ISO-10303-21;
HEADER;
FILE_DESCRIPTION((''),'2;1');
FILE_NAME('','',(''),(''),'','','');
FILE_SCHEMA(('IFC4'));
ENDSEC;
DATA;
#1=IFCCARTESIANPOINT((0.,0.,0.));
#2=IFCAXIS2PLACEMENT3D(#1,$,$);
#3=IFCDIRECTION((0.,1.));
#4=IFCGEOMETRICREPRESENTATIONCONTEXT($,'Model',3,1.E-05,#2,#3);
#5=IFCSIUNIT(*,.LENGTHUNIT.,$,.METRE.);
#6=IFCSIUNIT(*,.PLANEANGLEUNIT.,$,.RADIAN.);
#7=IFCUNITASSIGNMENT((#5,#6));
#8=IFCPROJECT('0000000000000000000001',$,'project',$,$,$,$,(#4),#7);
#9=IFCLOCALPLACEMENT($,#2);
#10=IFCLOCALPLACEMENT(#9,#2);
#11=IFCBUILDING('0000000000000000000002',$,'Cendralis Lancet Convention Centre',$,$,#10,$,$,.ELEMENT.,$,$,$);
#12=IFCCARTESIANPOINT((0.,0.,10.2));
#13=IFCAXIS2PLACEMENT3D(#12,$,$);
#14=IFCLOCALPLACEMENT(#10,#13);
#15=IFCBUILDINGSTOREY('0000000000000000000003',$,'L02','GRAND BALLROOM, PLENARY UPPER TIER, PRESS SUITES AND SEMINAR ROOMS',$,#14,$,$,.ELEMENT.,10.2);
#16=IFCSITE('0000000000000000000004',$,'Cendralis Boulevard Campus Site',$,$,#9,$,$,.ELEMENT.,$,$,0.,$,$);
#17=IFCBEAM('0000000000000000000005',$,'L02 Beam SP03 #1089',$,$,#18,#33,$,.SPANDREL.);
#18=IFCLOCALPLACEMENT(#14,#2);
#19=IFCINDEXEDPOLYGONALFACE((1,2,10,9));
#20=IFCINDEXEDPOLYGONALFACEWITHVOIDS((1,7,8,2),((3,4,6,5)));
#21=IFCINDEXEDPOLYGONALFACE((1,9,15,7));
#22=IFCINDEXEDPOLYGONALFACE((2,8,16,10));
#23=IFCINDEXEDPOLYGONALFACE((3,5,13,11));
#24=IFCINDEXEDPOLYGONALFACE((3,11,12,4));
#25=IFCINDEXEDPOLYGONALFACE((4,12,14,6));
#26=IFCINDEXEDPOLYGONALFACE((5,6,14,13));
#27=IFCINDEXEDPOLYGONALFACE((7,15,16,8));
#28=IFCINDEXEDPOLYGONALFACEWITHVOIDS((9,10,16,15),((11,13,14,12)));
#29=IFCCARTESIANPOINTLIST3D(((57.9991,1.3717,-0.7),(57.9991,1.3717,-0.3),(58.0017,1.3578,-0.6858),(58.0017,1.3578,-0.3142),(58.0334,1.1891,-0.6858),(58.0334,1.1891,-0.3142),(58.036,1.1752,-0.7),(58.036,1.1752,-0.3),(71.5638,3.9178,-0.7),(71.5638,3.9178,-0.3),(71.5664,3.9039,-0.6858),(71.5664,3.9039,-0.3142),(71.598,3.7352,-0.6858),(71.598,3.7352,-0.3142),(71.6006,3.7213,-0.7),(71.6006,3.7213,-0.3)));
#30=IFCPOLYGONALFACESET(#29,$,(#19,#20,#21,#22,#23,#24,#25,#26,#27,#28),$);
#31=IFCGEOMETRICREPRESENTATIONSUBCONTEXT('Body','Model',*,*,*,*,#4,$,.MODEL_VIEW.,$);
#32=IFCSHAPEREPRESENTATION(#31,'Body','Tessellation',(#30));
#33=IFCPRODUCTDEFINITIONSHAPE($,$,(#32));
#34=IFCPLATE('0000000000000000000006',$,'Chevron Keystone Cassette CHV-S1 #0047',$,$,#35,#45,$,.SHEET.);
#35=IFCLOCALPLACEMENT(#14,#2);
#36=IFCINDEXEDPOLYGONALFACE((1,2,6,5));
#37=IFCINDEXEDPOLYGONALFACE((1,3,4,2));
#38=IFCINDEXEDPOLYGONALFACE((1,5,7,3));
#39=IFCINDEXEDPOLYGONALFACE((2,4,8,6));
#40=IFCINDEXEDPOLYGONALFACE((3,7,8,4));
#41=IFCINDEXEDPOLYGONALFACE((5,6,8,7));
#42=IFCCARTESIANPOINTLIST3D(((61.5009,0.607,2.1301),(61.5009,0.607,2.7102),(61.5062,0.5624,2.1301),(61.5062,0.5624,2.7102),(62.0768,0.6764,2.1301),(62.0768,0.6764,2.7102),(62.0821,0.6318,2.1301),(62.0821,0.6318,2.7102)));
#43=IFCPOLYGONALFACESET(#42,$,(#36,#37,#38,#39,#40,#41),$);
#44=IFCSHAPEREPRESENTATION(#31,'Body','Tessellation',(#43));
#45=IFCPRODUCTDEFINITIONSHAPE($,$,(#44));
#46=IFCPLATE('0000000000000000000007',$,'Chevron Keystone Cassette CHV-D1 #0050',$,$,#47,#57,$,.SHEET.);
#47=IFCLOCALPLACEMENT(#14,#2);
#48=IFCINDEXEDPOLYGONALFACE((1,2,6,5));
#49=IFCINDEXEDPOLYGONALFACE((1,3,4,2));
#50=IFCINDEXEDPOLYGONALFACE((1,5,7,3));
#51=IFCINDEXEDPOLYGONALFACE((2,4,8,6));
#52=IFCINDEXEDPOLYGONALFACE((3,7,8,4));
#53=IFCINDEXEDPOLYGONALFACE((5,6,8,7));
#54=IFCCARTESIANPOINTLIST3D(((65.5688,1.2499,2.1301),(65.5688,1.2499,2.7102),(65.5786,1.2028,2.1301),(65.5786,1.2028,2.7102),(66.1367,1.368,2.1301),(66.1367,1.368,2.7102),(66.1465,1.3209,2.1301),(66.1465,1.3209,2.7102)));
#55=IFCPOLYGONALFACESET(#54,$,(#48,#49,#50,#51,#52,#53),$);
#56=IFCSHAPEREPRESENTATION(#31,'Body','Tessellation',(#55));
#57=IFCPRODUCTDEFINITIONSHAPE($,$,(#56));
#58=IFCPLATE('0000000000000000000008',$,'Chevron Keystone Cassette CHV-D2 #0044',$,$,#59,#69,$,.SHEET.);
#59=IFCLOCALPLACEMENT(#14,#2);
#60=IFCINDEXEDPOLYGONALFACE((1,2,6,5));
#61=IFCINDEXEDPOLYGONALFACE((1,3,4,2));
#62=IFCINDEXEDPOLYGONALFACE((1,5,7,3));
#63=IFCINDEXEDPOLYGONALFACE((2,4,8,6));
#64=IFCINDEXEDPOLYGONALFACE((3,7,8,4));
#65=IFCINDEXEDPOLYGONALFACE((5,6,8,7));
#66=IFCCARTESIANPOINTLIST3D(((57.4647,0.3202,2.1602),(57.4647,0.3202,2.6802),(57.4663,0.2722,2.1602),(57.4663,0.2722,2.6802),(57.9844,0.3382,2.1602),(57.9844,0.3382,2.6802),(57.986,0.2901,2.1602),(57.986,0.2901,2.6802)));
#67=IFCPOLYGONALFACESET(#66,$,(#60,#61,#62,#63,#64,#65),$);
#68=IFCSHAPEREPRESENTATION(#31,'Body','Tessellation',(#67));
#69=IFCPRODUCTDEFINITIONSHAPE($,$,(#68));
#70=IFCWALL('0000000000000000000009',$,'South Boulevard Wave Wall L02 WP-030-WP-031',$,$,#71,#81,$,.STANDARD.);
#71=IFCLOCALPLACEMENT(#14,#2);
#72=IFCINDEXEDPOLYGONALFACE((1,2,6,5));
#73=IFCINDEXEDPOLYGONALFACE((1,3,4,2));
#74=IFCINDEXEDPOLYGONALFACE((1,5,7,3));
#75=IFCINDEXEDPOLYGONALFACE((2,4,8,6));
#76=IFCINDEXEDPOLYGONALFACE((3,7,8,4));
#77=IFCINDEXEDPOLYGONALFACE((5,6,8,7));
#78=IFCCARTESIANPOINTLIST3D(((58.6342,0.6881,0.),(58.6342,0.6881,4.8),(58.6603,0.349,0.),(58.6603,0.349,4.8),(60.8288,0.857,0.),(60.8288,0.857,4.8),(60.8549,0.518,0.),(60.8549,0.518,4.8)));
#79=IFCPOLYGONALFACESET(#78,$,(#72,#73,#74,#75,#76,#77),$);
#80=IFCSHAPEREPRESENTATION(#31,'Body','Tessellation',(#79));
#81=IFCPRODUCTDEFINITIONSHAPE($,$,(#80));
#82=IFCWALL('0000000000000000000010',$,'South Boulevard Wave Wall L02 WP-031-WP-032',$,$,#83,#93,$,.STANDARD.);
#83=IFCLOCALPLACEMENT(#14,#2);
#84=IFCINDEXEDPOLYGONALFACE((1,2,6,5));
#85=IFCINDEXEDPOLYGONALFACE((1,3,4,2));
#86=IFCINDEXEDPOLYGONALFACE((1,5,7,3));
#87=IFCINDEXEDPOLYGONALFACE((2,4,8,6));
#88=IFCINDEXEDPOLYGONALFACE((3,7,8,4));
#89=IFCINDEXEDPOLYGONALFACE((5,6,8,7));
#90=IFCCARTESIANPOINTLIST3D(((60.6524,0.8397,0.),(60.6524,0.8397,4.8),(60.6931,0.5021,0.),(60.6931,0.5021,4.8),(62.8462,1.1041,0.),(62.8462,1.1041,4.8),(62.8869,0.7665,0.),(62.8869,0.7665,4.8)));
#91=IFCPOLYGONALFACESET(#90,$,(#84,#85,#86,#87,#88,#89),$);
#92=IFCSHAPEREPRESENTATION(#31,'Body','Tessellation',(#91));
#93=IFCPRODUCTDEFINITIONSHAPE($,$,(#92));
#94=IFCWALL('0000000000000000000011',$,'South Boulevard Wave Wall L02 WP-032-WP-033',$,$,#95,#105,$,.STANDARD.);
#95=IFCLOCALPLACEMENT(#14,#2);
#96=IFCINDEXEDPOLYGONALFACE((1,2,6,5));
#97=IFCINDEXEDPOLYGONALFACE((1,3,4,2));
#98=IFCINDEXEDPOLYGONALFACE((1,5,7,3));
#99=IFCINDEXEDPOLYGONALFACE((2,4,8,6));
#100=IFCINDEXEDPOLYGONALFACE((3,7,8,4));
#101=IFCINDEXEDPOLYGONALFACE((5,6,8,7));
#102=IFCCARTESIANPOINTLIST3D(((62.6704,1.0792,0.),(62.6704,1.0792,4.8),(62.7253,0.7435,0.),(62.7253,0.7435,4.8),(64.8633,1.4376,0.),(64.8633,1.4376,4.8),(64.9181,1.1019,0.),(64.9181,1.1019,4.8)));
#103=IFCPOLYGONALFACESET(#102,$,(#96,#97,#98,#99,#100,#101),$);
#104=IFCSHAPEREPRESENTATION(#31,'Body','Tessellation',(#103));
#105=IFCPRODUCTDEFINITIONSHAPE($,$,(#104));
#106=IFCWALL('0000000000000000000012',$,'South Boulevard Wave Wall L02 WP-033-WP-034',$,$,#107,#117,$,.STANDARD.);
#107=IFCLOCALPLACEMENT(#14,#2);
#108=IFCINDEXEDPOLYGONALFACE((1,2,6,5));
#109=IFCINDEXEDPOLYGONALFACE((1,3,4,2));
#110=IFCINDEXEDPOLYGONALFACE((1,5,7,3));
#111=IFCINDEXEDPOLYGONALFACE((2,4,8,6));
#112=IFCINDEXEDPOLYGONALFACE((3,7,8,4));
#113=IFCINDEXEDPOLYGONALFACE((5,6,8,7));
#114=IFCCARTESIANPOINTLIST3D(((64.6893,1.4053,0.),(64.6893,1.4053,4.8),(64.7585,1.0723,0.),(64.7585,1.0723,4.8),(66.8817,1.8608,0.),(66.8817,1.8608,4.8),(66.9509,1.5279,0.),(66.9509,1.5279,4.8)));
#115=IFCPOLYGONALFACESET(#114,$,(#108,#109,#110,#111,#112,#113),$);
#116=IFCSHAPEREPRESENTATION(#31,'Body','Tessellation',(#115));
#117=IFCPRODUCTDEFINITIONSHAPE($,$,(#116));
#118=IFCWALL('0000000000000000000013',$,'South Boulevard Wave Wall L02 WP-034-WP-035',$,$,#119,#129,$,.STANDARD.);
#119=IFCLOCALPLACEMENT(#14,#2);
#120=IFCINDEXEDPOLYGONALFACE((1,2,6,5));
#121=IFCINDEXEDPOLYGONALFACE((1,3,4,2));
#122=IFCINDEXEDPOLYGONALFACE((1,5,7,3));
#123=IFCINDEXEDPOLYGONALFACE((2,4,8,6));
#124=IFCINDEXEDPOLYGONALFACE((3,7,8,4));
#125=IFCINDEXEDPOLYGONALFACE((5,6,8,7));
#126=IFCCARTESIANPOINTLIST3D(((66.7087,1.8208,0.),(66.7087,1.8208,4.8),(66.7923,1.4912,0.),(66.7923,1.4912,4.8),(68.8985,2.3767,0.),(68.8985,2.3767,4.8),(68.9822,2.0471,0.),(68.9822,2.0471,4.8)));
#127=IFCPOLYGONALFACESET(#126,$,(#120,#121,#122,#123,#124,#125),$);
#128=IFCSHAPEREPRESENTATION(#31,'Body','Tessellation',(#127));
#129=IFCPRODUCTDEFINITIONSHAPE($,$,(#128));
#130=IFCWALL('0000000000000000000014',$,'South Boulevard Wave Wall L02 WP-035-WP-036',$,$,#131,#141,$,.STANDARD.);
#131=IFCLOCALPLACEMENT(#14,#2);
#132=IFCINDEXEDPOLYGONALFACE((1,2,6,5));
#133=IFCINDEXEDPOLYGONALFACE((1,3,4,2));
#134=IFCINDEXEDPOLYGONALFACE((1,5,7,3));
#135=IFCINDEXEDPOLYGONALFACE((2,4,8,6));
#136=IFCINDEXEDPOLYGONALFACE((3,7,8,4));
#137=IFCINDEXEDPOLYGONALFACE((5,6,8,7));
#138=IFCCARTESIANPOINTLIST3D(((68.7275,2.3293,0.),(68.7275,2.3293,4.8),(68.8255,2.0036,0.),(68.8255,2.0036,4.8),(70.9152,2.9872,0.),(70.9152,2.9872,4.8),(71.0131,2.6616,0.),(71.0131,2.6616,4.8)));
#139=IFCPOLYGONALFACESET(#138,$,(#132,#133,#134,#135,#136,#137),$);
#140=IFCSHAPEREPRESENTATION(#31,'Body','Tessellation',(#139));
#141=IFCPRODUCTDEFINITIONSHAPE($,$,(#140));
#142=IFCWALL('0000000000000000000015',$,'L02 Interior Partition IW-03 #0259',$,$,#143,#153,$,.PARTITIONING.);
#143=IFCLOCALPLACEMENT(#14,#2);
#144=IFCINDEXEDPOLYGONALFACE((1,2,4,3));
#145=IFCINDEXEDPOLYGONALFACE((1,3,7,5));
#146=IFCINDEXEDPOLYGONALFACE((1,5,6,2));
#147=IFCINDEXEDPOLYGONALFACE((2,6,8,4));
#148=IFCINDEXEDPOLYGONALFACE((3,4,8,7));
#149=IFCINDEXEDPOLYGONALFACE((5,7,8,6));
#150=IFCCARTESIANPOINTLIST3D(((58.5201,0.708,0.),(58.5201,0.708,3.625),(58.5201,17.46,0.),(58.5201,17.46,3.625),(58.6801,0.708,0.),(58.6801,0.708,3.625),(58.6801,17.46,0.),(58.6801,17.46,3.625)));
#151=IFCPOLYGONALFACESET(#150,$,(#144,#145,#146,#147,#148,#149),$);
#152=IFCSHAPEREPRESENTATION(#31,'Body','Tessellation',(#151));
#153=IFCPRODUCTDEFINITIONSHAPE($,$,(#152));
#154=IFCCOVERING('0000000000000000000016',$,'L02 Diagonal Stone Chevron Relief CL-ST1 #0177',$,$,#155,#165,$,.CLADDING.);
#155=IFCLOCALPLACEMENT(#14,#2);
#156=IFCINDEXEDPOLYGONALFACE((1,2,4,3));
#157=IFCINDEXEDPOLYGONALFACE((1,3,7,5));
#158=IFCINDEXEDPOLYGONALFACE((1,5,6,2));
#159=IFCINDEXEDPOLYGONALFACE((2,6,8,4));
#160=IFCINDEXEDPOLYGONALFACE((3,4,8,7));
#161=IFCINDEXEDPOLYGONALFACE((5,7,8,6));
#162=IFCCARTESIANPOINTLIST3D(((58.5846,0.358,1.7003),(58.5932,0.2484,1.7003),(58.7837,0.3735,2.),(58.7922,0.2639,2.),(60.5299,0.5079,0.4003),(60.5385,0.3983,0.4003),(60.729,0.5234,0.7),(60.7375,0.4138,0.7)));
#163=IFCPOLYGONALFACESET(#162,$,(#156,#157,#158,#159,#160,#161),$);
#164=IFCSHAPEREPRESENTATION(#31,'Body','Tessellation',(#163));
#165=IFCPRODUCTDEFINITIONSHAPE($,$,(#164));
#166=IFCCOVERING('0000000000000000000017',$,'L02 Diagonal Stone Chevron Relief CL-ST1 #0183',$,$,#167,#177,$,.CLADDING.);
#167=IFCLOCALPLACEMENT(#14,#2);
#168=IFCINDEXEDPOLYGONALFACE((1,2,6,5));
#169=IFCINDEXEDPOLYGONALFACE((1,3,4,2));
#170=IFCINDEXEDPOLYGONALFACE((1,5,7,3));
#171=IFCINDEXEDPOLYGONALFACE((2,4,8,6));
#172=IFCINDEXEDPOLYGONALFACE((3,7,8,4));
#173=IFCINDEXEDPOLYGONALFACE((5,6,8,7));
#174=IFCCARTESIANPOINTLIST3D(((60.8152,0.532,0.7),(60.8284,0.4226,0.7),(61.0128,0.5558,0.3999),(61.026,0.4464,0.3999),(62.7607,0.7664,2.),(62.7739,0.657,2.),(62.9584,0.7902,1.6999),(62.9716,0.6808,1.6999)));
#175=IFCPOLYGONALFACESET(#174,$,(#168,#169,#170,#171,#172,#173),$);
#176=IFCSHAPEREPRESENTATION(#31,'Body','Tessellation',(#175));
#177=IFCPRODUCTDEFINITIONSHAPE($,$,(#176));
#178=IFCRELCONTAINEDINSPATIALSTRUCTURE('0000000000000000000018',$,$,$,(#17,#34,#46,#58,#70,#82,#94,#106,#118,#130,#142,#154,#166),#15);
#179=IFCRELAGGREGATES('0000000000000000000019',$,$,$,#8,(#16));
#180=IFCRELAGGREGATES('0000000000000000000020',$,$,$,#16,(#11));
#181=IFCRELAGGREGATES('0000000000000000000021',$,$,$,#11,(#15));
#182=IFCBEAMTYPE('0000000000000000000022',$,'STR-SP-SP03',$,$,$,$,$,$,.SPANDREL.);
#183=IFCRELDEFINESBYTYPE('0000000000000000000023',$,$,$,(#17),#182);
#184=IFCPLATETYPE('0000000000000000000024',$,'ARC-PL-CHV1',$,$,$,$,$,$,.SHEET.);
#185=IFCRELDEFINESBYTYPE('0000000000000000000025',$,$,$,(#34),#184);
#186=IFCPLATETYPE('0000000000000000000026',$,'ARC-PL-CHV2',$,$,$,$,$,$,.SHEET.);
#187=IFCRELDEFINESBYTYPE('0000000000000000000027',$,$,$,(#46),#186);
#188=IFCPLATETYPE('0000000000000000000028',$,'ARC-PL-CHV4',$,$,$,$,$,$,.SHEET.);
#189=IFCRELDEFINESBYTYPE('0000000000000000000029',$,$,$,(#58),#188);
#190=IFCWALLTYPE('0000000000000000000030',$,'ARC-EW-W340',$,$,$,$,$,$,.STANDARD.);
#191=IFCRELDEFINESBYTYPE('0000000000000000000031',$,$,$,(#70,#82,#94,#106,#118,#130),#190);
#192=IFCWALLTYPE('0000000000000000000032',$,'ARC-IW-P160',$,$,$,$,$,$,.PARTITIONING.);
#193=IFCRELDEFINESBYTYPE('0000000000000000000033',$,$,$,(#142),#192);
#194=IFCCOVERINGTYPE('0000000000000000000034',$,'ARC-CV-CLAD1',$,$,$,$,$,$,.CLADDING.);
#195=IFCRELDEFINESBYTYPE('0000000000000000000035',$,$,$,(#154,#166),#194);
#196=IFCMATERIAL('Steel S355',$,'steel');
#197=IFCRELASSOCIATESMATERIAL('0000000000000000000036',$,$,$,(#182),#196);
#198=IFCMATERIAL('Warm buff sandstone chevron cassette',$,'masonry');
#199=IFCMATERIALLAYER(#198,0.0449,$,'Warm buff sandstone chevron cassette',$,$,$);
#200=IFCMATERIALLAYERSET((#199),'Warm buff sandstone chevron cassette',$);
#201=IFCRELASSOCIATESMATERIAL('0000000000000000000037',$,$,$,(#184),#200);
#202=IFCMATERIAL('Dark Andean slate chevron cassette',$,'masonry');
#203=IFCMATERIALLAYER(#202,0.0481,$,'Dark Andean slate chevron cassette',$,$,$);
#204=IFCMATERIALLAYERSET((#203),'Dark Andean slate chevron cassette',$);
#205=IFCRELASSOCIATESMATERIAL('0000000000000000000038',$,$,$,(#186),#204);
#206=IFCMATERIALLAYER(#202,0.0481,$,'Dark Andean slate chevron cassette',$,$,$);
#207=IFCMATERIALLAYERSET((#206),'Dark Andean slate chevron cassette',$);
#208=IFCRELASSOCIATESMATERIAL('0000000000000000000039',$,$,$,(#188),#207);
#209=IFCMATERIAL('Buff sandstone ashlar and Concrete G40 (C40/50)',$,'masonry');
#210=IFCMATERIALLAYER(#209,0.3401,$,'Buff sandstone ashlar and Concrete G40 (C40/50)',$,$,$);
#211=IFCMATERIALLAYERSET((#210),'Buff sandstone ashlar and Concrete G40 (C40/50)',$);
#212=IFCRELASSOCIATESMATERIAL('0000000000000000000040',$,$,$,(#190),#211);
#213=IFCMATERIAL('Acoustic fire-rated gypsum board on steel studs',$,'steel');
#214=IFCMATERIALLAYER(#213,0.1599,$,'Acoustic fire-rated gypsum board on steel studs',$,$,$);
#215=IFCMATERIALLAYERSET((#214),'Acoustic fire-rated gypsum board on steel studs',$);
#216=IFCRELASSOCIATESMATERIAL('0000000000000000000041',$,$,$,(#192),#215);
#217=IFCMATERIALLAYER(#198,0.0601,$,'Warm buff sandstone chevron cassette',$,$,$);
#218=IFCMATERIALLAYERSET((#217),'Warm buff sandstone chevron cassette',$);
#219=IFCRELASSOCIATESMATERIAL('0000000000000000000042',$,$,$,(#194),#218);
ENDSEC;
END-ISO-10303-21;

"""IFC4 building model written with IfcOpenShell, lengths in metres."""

from ifc_helpers import new_model, si_unit, direction, frame, frame_2d, origin, origin_2d, place, context, subcontext, project, spatial, polyline, rectangle, hollow_rectangle, outline, extrude, material, layer, layer_set, material_profile, profile_set, type_object, element, save


model = new_model("IFC4")

# Units and contexts
model_context = context("Model", 3, precision=1e-05, world=origin(), true_north=direction((0.0, 1.0)))
body_context = subcontext(model_context, "Body", "Model", "MODEL_VIEW")
ifc_project = project(units=[si_unit("LENGTHUNIT", "METRE"), si_unit("PLANEANGLEUNIT", "RADIAN")], contexts=[model_context])

# Site, building, storey
site_placement = place(None, origin())
site = spatial("IfcSite", under=ifc_project, at=site_placement, Name="Cendralis Boulevard Campus Site", CompositionType="ELEMENT", RefElevation=0.0)
building_placement = place(site_placement, origin())
building = spatial("IfcBuilding", under=site, at=building_placement, Name="Cendralis Lancet Convention Centre", CompositionType="ELEMENT")
storey_placement = place(building_placement, frame((0.0, 0.0, 10.2)))
storey = spatial("IfcBuildingStorey", under=building, at=storey_placement, Name="L02", Description="GRAND BALLROOM, PLENARY UPPER TIER, PRESS SUITES AND SEMINAR ROOMS", CompositionType="ELEMENT", Elevation=10.2)

# Beam
ifc_material_1 = material(Name="Steel S355", Category="steel")
ifc_material_profile = material_profile(ifc_material_1, hollow_rectangle(XDim=0.2, YDim=0.3999, WallThickness=0.0142, at=origin_2d()), Name="RHS 400x200x14.2")
ifc_profile_set = profile_set([ifc_material_profile], Name="Steel S355")
beam_type = type_object("IfcBeamType", Name="STR-SP-SP03", PredefinedType="SPANDREL", material=ifc_profile_set)
beam_placement = place(storey_placement, frame((58.0176, 1.2734, -0.5), z_axis=(0.982836, 0.184482, 0.0), x_axis=(-0.184482, 0.982836, 0.0)))
element("IfcBeam", 1, at=beam_placement, inside=storey, type_object=beam_type, Name="L02 Beam SP03 #1089", PredefinedType="SPANDREL", context=body_context, shape_type="SweptSolid", body=[
    extrude(hollow_rectangle(XDim=0.2, YDim=0.3999, WallThickness=0.0142, at=origin_2d()), origin(), (0.0, 0.0, 1.0), 13.8015),
])

# Plates
ifc_material_2 = material(Name="Warm buff sandstone chevron cassette", Category="masonry")
ifc_layer_1 = layer(ifc_material_2, 0.0449, Name="Warm buff sandstone chevron cassette")
ifc_layer_set_1 = layer_set([ifc_layer_1], Name="Warm buff sandstone chevron cassette")
plate_type_1 = type_object("IfcPlateType", Name="ARC-PL-CHV1", PredefinedType="SHEET", material=ifc_layer_set_1)
plate_1_placement = place(storey_placement, frame((61.7915, 0.6194, 2.1301), z_axis=(0.0, 0.0, 1.0), x_axis=(0.992818, 0.119634, 0.0)))
element("IfcPlate", 2, at=plate_1_placement, inside=storey, type_object=plate_type_1, Name="Chevron Keystone Cassette CHV-S1 #0047", PredefinedType="SHEET", context=body_context, shape_type="SweptSolid", body=[
    extrude(rectangle(XDim=0.5801, YDim=0.0449, at=origin_2d()), origin(), (0.0, 0.0, 1.0), 0.5801),
])
ifc_material_3 = material(Name="Dark Andean slate chevron cassette", Category="masonry")
ifc_layer_2 = layer(ifc_material_3, 0.0481, Name="Dark Andean slate chevron cassette")
ifc_layer_set_2 = layer_set([ifc_layer_2], Name="Dark Andean slate chevron cassette")
plate_type_2 = type_object("IfcPlateType", Name="ARC-PL-CHV2", PredefinedType="SHEET", material=ifc_layer_set_2)
plate_2_placement = place(storey_placement, frame((65.8577, 1.2854, 2.1301), z_axis=(0.0, 0.0, 1.0), x_axis=(0.979085, 0.203454, 0.0)))
element("IfcPlate", 3, at=plate_2_placement, inside=storey, type_object=plate_type_2, Name="Chevron Keystone Cassette CHV-D1 #0050", PredefinedType="SHEET", context=body_context, shape_type="SweptSolid", body=[
    extrude(rectangle(XDim=0.5801, YDim=0.0481, at=origin_2d()), origin(), (0.0, 0.0, 1.0), 0.5801),
])
ifc_layer_3 = layer(ifc_material_3, 0.0481, Name="Dark Andean slate chevron cassette")
ifc_layer_set_3 = layer_set([ifc_layer_3], Name="Dark Andean slate chevron cassette")
plate_type_3 = type_object("IfcPlateType", Name="ARC-PL-CHV4", PredefinedType="SHEET", material=ifc_layer_set_3)
plate_3_placement = place(storey_placement, frame((57.7253, 0.3052, 2.1602), z_axis=(0.0, 0.0, 1.0), x_axis=(0.999404, 0.034533, 0.0)))
element("IfcPlate", 4, at=plate_3_placement, inside=storey, type_object=plate_type_3, Name="Chevron Keystone Cassette CHV-D2 #0044", PredefinedType="SHEET", context=body_context, shape_type="SweptSolid", body=[
    extrude(rectangle(XDim=0.52, YDim=0.0481, at=origin_2d()), origin(), (0.0, 0.0, 1.0), 0.52),
])

# Walls
ifc_material_4 = material(Name="Buff sandstone ashlar and Concrete G40 (C40/50)", Category="masonry")
ifc_layer_4 = layer(ifc_material_4, 0.3401, Name="Buff sandstone ashlar and Concrete G40 (C40/50)")
ifc_layer_set_4 = layer_set([ifc_layer_4], Name="Buff sandstone ashlar and Concrete G40 (C40/50)")
wall_type_1 = type_object("IfcWallType", Name="ARC-EW-W340", PredefinedType="STANDARD", material=ifc_layer_set_4)
wall_1_placement = place(storey_placement, frame((58.6472, 0.5186, 0.0), z_axis=(0.0, 0.0, 1.0), x_axis=(0.99705, 0.076756, 0.0)))
element("IfcWall", 5, at=wall_1_placement, inside=storey, type_object=wall_type_1, Name="South Boulevard Wave Wall L02 WP-030-WP-031", PredefinedType="STANDARD", context=body_context, shape_type="SweptSolid", body=[
    extrude(rectangle(XDim=2.2012, YDim=0.3401, at=frame_2d((1.1006, 0.0))), origin(), (0.0, 0.0, 1.0), 4.8),
])
wall_2_placement = place(storey_placement, frame((60.6726, 0.6709, 0.0), z_axis=(0.0, 0.0, 1.0), x_axis=(0.992816, 0.119655, 0.0)))
element("IfcWall", 6, at=wall_2_placement, inside=storey, type_object=wall_type_1, Name="South Boulevard Wave Wall L02 WP-031-WP-032", PredefinedType="STANDARD", context=body_context, shape_type="SweptSolid", body=[
    extrude(rectangle(XDim=2.2097, YDim=0.3401, at=frame_2d((1.105, 0.0))), origin(), (0.0, 0.0, 1.0), 4.8),
])
wall_3_placement = place(storey_placement, frame((62.698, 0.9114, 0.0), z_axis=(0.0, 0.0, 1.0), x_axis=(0.986906, 0.161298, 0.0)))
element("IfcWall", 7, at=wall_3_placement, inside=storey, type_object=wall_type_1, Name="South Boulevard Wave Wall L02 WP-032-WP-033", PredefinedType="STANDARD", context=body_context, shape_type="SweptSolid", body=[
    extrude(rectangle(XDim=2.2219, YDim=0.3401, at=frame_2d((1.1108, 0.0))), origin(), (0.0, 0.0, 1.0), 4.8),
])
wall_4_placement = place(storey_placement, frame((64.7239, 1.2388, 0.0), z_axis=(0.0, 0.0, 1.0), x_axis=(0.979086, 0.203449, 0.0)))
element("IfcWall", 8, at=wall_4_placement, inside=storey, type_object=wall_type_1, Name="South Boulevard Wave Wall L02 WP-033-WP-034", PredefinedType="STANDARD", context=body_context, shape_type="SweptSolid", body=[
    extrude(rectangle(XDim=2.2393, YDim=0.3401, at=frame_2d((1.1196, 0.0))), origin(), (0.0, 0.0, 1.0), 4.8),
])
wall_5_placement = place(storey_placement, frame((66.7505, 1.656, 0.0), z_axis=(0.0, 0.0, 1.0), x_axis=(0.969259, 0.246043, 0.0)))
element("IfcWall", 9, at=wall_5_placement, inside=storey, type_object=wall_type_1, Name="South Boulevard Wave Wall L02 WP-034-WP-035", PredefinedType="STANDARD", context=body_context, shape_type="SweptSolid", body=[
    extrude(rectangle(XDim=2.2593, YDim=0.3401, at=frame_2d((1.1296, 0.0))), origin(), (0.0, 0.0, 1.0), 4.8),
])
wall_6_placement = place(storey_placement, frame((68.7766, 2.1665, 0.0), z_axis=(0.0, 0.0, 1.0), x_axis=(0.957629, 0.288005, 0.0)))
element("IfcWall", 10, at=wall_6_placement, inside=storey, type_object=wall_type_1, Name="South Boulevard Wave Wall L02 WP-035-WP-036", PredefinedType="STANDARD", context=body_context, shape_type="SweptSolid", body=[
    extrude(rectangle(XDim=2.2844, YDim=0.3401, at=frame_2d((1.1421, 0.0))), origin(), (0.0, 0.0, 1.0), 4.8),
])
ifc_material_5 = material(Name="Acoustic fire-rated gypsum board on steel studs", Category="steel")
ifc_layer_5 = layer(ifc_material_5, 0.1599, Name="Acoustic fire-rated gypsum board on steel studs")
ifc_layer_set_5 = layer_set([ifc_layer_5], Name="Acoustic fire-rated gypsum board on steel studs")
wall_type_2 = type_object("IfcWallType", Name="ARC-IW-P160", PredefinedType="PARTITIONING", material=ifc_layer_set_5)
wall_7_placement = place(storey_placement, frame((58.6001, 0.708, 0.0), z_axis=(0.0, 0.0, 1.0), x_axis=(0.0, 1.0, 0.0)))
element("IfcWall", 11, at=wall_7_placement, inside=storey, type_object=wall_type_2, Name="L02 Interior Partition IW-03 #0259", PredefinedType="PARTITIONING", context=body_context, shape_type="SweptSolid", body=[
    extrude(rectangle(XDim=16.752, YDim=0.1599, at=frame_2d((8.376, 0.0))), origin(), (0.0, 0.0, 1.0), 3.625),
])

# Coverings
ifc_layer_6 = layer(ifc_material_2, 0.0601, Name="Warm buff sandstone chevron cassette")
ifc_layer_set_6 = layer_set([ifc_layer_6], Name="Warm buff sandstone chevron cassette")
covering_type_1 = type_object("IfcCoveringType", Name="ARC-CV-CLAD1", PredefinedType="CLADDING", material=ifc_layer_set_6)
covering_1_placement = place(storey_placement, frame((58.7922, 0.2639, 2.0), z_axis=(0.552825, 0.043093, 0.832182), x_axis=(0.829723, 0.063937, -0.554502)))
element("IfcCovering", 12, at=covering_1_placement, inside=storey, type_object=covering_type_1, Name="L02 Diagonal Stone Chevron Relief CL-ST1 #0177", PredefinedType="CLADDING", context=body_context, shape_type="SweptSolid", body=[
    extrude(outline(polyline([(0.0, 0.0), (2.3445, 0.0), (2.3445, 0.11), (-0.0001, 0.11), (0.0, 0.0)])), origin(), (0.0, 0.0, -1.0), 0.3601),
])
covering_2_placement = place(storey_placement, frame((60.8284, 0.4226, 0.7), z_axis=(-0.548852, -0.066156, 0.833298), x_axis=(0.827316, 0.099664, 0.552825)))
element("IfcCovering", 13, at=covering_2_placement, inside=storey, type_object=covering_type_1, Name="L02 Diagonal Stone Chevron Relief CL-ST1 #0183", PredefinedType="CLADDING", context=body_context, shape_type="SweptSolid", body=[
    extrude(outline(polyline([(0.0, 0.0), (2.3516, 0.0), (2.3516, 0.1102), (0.0, 0.1102), (0.0, 0.0)])), origin(), (0.0, 0.0, -1.0), 0.3601),
])

save(model, "model.ifc")
